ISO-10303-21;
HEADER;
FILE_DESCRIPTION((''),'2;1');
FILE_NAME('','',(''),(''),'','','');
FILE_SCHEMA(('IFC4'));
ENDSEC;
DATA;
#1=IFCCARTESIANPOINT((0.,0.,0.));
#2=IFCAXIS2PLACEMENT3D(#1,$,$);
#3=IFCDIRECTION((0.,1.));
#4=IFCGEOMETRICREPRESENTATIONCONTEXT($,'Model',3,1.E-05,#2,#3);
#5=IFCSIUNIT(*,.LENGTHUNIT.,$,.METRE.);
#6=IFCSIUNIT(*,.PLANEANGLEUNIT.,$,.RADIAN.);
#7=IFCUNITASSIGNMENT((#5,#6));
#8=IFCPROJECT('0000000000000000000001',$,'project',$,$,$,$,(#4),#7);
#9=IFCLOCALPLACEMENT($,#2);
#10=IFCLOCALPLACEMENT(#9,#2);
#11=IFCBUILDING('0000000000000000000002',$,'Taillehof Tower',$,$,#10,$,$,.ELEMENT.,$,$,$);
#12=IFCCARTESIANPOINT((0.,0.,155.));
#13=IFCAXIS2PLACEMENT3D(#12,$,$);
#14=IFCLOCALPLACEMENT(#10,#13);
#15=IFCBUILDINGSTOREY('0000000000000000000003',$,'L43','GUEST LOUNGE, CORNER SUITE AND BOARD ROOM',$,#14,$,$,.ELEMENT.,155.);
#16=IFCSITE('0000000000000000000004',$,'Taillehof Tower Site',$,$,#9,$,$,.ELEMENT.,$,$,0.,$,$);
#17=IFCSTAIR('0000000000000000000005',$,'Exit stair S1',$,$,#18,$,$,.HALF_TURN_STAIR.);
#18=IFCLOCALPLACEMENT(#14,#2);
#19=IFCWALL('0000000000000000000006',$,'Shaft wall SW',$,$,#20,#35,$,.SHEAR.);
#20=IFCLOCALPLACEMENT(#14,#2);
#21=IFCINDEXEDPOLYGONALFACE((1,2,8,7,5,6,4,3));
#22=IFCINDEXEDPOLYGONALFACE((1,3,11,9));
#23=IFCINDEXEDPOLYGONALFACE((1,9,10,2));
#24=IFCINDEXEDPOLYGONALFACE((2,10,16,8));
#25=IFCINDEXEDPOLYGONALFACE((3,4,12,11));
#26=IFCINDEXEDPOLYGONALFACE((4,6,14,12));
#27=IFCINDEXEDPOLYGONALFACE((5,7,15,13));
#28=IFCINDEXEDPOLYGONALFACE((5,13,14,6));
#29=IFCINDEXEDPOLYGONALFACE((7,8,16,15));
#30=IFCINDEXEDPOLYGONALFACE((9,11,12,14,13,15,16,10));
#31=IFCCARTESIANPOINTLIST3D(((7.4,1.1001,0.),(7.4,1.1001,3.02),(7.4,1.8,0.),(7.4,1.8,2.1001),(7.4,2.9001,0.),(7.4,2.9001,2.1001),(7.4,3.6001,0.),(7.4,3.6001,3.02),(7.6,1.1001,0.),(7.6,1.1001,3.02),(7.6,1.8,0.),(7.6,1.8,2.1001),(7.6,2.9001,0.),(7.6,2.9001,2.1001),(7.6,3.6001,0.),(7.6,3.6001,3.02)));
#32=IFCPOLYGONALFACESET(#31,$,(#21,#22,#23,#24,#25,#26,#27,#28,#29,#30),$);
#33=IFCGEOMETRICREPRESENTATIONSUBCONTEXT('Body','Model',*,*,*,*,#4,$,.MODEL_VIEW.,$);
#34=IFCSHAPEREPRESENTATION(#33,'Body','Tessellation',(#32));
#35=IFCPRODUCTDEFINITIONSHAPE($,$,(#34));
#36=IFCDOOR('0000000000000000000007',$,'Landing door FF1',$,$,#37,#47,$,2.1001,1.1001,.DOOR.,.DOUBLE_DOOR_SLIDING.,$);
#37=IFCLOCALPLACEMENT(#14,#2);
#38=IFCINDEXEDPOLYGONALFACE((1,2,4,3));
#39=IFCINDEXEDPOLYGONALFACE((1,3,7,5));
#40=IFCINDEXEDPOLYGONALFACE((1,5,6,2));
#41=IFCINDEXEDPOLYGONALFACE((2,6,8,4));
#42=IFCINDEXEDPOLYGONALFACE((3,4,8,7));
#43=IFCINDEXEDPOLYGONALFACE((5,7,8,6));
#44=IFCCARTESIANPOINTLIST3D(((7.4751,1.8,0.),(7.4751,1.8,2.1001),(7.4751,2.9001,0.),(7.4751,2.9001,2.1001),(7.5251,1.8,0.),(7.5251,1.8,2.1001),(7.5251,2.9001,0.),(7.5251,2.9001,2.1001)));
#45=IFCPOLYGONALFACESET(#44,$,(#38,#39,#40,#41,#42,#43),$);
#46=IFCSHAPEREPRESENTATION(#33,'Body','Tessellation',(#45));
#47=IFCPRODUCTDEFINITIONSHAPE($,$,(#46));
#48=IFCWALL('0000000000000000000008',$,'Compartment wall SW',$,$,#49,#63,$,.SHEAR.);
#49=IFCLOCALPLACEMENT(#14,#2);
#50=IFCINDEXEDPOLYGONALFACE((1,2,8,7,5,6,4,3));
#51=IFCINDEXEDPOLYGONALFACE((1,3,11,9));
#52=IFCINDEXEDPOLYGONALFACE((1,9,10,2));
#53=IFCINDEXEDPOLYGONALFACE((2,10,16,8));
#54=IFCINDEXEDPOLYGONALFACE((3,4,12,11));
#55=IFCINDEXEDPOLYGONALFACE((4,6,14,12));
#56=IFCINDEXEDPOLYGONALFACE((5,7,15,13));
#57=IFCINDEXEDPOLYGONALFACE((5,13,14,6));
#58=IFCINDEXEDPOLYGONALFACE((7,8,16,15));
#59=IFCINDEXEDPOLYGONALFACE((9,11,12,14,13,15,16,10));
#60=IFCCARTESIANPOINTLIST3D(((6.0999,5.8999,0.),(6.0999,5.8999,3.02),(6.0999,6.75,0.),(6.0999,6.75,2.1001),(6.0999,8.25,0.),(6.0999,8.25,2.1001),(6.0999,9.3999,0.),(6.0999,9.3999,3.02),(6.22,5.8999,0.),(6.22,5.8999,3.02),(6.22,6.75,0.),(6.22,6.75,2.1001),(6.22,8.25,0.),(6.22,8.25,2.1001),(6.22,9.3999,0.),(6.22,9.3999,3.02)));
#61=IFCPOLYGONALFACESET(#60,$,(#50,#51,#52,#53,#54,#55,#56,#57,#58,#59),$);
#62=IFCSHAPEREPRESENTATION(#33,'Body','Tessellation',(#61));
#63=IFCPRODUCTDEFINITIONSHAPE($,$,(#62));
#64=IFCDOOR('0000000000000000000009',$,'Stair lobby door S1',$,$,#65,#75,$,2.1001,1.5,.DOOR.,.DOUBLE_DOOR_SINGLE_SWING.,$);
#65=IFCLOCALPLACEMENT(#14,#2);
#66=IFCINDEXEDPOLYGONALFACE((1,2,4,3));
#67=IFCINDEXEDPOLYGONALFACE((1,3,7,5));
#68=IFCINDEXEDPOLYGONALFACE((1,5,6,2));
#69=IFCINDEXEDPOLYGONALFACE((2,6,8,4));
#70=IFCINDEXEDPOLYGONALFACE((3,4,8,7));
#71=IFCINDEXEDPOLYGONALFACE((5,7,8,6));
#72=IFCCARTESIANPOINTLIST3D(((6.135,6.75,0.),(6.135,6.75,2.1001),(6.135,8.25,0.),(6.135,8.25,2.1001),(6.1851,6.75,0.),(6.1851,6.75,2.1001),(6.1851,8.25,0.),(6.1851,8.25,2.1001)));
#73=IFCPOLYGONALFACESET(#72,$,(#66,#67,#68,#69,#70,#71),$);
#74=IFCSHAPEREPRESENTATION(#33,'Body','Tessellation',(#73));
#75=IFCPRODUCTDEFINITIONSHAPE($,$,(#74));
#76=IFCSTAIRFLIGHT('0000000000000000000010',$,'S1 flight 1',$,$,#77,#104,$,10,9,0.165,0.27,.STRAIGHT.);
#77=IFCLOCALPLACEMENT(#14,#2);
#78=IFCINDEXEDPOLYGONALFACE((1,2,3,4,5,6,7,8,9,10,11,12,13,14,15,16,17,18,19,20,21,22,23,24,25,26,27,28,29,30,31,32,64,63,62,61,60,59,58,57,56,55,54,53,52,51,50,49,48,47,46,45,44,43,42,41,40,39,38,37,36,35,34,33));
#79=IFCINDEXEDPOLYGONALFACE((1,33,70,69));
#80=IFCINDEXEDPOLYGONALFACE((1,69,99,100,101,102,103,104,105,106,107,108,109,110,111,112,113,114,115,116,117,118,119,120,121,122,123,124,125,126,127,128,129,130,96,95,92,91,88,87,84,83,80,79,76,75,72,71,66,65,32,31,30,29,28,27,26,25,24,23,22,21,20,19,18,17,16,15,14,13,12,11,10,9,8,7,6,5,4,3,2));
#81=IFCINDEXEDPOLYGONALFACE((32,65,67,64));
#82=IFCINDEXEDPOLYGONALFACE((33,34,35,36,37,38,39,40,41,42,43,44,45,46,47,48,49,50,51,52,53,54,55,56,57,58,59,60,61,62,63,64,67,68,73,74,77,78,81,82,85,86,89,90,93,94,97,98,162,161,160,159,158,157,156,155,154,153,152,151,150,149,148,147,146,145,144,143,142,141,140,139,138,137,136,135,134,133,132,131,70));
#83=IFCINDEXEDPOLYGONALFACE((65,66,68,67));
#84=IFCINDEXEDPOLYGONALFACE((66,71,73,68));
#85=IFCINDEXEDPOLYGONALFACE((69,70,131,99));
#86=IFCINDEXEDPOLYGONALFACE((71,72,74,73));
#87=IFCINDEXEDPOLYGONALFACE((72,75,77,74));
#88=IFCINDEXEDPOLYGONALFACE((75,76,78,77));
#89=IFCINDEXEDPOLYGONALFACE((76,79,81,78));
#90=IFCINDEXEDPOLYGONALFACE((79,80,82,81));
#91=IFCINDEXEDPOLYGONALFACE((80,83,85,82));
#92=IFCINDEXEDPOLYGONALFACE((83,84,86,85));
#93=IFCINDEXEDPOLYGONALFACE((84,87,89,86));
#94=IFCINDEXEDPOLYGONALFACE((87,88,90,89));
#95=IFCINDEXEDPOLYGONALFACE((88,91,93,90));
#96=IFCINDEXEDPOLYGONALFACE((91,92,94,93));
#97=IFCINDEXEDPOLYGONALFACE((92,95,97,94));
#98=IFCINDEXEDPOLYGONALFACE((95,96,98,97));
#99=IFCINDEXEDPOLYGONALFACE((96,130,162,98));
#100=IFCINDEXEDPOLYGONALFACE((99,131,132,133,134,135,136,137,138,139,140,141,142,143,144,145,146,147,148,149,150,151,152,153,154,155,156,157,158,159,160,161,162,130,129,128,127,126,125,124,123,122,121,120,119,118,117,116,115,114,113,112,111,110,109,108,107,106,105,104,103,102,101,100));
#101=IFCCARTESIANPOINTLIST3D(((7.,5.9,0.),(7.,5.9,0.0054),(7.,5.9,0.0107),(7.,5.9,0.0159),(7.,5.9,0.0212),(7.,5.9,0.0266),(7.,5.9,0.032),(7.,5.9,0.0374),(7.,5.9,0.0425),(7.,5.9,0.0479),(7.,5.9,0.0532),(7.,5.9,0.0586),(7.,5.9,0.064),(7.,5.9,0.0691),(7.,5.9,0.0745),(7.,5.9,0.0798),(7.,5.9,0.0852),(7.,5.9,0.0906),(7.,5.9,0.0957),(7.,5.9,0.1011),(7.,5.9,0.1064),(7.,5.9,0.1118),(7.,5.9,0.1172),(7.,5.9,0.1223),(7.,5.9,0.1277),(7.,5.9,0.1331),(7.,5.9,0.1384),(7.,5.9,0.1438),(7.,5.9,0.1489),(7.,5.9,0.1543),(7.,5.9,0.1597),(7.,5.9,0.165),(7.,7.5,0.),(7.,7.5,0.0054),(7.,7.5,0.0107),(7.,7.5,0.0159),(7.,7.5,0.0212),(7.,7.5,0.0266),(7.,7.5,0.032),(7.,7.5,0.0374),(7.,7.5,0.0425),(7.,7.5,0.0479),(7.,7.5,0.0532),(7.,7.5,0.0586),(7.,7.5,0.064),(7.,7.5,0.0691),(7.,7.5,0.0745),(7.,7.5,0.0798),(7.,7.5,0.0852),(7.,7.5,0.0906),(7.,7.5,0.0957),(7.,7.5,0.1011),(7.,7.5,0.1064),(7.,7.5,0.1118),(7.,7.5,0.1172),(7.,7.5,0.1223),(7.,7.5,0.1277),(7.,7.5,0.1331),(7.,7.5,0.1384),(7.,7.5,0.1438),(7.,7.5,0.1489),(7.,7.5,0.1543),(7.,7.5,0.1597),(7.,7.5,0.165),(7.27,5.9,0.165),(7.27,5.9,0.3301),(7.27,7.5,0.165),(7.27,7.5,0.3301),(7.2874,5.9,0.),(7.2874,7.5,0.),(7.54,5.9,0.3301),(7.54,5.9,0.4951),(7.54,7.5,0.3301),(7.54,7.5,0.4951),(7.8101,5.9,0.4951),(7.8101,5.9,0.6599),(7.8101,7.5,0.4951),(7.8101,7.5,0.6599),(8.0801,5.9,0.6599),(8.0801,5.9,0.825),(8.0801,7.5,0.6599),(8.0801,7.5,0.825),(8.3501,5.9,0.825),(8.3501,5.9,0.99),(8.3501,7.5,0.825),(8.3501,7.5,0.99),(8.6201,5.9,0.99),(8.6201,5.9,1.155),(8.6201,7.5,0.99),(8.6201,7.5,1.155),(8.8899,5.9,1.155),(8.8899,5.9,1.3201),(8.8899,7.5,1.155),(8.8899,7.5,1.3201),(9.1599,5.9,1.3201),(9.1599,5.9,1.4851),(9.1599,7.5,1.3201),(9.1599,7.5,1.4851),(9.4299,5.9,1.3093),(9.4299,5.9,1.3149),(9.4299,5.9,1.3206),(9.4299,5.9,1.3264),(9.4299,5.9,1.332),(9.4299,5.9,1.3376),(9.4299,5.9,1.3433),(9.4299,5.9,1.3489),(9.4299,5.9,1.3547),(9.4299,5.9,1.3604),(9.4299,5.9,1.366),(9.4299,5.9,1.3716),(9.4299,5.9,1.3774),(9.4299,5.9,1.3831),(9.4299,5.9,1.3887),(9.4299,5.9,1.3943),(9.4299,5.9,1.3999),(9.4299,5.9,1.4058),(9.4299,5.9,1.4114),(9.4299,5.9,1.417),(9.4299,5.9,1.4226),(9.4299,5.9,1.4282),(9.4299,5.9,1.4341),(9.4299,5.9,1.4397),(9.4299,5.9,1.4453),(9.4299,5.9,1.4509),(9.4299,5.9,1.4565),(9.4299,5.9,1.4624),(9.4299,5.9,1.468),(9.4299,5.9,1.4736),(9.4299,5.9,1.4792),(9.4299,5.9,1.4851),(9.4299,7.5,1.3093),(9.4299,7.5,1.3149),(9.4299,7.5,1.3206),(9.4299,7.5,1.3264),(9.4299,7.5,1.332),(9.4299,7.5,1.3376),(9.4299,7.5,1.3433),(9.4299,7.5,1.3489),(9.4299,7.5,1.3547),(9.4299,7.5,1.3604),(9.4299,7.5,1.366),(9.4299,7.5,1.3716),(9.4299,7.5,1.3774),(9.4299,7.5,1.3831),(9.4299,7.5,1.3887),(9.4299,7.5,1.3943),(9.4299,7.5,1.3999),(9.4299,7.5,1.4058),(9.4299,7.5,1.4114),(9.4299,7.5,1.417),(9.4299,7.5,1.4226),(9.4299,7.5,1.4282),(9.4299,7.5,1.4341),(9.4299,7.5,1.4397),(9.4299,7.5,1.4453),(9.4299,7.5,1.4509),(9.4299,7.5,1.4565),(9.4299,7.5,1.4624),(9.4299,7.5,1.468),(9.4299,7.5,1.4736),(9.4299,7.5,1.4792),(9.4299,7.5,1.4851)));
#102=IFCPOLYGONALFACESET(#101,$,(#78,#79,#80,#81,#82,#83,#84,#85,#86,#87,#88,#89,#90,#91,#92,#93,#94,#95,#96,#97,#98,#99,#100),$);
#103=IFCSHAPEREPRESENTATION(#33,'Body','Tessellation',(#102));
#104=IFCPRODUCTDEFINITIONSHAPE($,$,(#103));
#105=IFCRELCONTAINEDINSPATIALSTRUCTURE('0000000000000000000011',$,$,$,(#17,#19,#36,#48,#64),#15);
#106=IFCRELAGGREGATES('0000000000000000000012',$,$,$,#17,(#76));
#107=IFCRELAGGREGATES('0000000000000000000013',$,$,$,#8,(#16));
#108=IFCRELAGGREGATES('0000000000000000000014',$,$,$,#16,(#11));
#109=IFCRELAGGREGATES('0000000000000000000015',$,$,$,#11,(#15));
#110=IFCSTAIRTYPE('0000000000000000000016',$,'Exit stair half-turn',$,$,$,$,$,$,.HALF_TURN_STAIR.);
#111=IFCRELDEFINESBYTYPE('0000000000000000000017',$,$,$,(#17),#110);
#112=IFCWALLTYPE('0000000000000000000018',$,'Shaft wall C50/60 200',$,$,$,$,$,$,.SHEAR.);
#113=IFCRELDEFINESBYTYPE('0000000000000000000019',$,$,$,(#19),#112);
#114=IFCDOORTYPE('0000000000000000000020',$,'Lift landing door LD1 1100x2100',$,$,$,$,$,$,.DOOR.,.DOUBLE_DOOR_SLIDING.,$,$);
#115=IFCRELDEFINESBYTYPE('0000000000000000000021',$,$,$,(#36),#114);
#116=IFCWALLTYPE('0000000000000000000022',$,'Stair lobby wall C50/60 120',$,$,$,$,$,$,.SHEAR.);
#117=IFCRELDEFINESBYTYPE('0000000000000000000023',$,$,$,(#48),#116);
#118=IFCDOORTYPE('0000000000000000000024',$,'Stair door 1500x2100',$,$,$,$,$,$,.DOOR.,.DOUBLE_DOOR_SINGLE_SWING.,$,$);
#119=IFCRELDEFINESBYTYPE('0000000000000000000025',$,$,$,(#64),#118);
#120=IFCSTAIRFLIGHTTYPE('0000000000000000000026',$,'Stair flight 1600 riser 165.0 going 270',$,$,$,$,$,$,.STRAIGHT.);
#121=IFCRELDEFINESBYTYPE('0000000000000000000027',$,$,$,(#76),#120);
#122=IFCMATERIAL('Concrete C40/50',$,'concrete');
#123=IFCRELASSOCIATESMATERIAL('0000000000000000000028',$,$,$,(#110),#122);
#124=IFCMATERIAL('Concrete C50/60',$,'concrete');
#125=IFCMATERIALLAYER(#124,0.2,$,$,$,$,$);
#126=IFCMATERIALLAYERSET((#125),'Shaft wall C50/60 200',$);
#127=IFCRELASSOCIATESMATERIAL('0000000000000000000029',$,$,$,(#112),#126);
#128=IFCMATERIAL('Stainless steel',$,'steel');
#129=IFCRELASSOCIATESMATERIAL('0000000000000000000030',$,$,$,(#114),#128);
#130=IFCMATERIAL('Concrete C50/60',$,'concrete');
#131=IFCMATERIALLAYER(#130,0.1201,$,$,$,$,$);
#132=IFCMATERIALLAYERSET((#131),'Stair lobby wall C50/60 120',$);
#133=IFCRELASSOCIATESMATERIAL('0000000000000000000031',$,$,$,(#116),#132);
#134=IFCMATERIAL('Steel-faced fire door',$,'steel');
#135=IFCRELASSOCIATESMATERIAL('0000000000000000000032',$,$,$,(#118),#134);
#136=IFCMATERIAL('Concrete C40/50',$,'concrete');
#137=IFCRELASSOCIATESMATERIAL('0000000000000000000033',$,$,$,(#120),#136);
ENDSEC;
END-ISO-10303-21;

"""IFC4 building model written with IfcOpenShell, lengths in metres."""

from ifc_helpers import new_model, si_unit, direction, frame, frame_2d, origin, place, context, subcontext, project, spatial, polyline, rectangle, outline, extrude, material, layer, layer_set, type_object, element, fill, aggregate, save


model = new_model("IFC4")

# Units and contexts
model_context = context("Model", 3, precision=1e-05, world=origin(), true_north=direction((0.0, 1.0)))
body_context = subcontext(model_context, "Body", "Model", "MODEL_VIEW")
ifc_project = project(units=[si_unit("LENGTHUNIT", "METRE"), si_unit("PLANEANGLEUNIT", "RADIAN")], contexts=[model_context])

# Site, building, storey
site_placement = place(None, origin())
site = spatial("IfcSite", under=ifc_project, at=site_placement, Name="Taillehof Tower Site", CompositionType="ELEMENT", RefElevation=0.0)
building_placement = place(site_placement, origin())
building = spatial("IfcBuilding", under=site, at=building_placement, Name="Taillehof Tower", CompositionType="ELEMENT")
storey_placement = place(building_placement, frame((0.0, 0.0, 155.0)))
storey = spatial("IfcBuildingStorey", under=building, at=storey_placement, Name="L43", Description="GUEST LOUNGE, CORNER SUITE AND BOARD ROOM", CompositionType="ELEMENT", Elevation=155.0)

# Stair
ifc_material_1 = material(Name="Concrete C40/50", Category="concrete")
stair_type = type_object("IfcStairType", Name="Exit stair half-turn", PredefinedType="HALF_TURN_STAIR", material=ifc_material_1)
stair_1_placement = place(storey_placement, origin())
stair_1 = element("IfcStair", 1, at=stair_1_placement, inside=storey, type_object=stair_type, Name="Exit stair S1", PredefinedType="HALF_TURN_STAIR")

# Shared definitions
ifc_material_2 = material(Name="Concrete C50/60", Category="concrete")
ifc_layer_1 = layer(ifc_material_2, 0.2)
ifc_layer_set_1 = layer_set([ifc_layer_1], Name="Shaft wall C50/60 200")
wall_type_1 = type_object("IfcWallType", Name="Shaft wall C50/60 200", PredefinedType="SHEAR", material=ifc_layer_set_1)
ifc_material_3 = material(Name="Stainless steel", Category="steel")
door_type_1 = type_object("IfcDoorType", Name="Lift landing door LD1 1100x2100", OperationType="DOUBLE_DOOR_SLIDING", PredefinedType="DOOR", material=ifc_material_3)

# Walls, openings, doors
wall_1_placement = place(storey_placement, frame((7.5, 1.1001, 0.0), z_axis=(0.0, 0.0, 1.0), x_axis=(0.0, 1.0, 0.0)))
wall_1 = element("IfcWall", 2, at=wall_1_placement, inside=storey, type_object=wall_type_1, Name="Shaft wall SW", PredefinedType="SHEAR", context=body_context, shape_type="SweptSolid", body=[
    extrude(rectangle(XDim=2.5, YDim=0.2, at=frame_2d((1.25, 0.0))), origin(), (0.0, 0.0, 1.0), 3.02),
])
opening_1_placement = place(wall_1_placement, frame((0.7, 0.0, 0.0)))
opening_1 = element("IfcOpeningElement", 3, at=opening_1_placement, cuts=wall_1, PredefinedType="OPENING", context=body_context, shape_type="SweptSolid", body=[
    extrude(rectangle(XDim=1.1001, YDim=2.1001, at=frame_2d((0.55, 1.05))), frame((0.0, 0.1099, 0.0), z_axis=(0.0, -1.0, 0.0), x_axis=(1.0, 0.0, 0.0)), (0.0, 0.0, 1.0), 0.22),
])
door_1_placement = place(opening_1_placement, origin())
door_1 = element("IfcDoor", 4, at=door_1_placement, inside=storey, type_object=door_type_1, Name="Landing door FF1", OperationType="DOUBLE_DOOR_SLIDING", OverallHeight=2.1001, OverallWidth=1.1001, PredefinedType="DOOR", context=body_context, shape_type="SweptSolid", body=[
    extrude(rectangle(XDim=1.1001, YDim=2.1001, at=frame_2d((0.55, 1.05))), frame((0.0, 0.0249, 0.0), z_axis=(0.0, -1.0, 0.0), x_axis=(1.0, 0.0, 0.0)), (0.0, 0.0, 1.0), 0.05),
])
fill(opening_1, door_1)
ifc_material_4 = material(Name="Concrete C50/60", Category="concrete")
ifc_layer_2 = layer(ifc_material_4, 0.1201)
ifc_layer_set_2 = layer_set([ifc_layer_2], Name="Stair lobby wall C50/60 120")
wall_type_2 = type_object("IfcWallType", Name="Stair lobby wall C50/60 120", PredefinedType="SHEAR", material=ifc_layer_set_2)
wall_2_placement = place(storey_placement, frame((6.1599, 5.8999, 0.0), z_axis=(0.0, 0.0, 1.0), x_axis=(0.0, 1.0, 0.0)))
wall_2 = element("IfcWall", 5, at=wall_2_placement, inside=storey, type_object=wall_type_2, Name="Compartment wall SW", PredefinedType="SHEAR", context=body_context, shape_type="SweptSolid", body=[
    extrude(rectangle(XDim=3.5, YDim=0.1201, at=frame_2d((1.75, 0.0))), origin(), (0.0, 0.0, 1.0), 3.02),
])
opening_2_placement = place(wall_2_placement, frame((0.8501, 0.0, 0.0)))
opening_2 = element("IfcOpeningElement", 6, at=opening_2_placement, cuts=wall_2, PredefinedType="OPENING", context=body_context, shape_type="SweptSolid", body=[
    extrude(rectangle(XDim=1.5, YDim=2.1001, at=frame_2d((0.75, 1.05))), frame((0.0, 0.0701, 0.0), z_axis=(0.0, -1.0, 0.0), x_axis=(1.0, 0.0, 0.0)), (0.0, 0.0, 1.0), 0.1401),
])
ifc_material_5 = material(Name="Steel-faced fire door", Category="steel")
door_type_2 = type_object("IfcDoorType", Name="Stair door 1500x2100", OperationType="DOUBLE_DOOR_SINGLE_SWING", PredefinedType="DOOR", material=ifc_material_5)
door_2_placement = place(opening_2_placement, origin())
door_2 = element("IfcDoor", 7, at=door_2_placement, inside=storey, type_object=door_type_2, Name="Stair lobby door S1", OperationType="DOUBLE_DOOR_SINGLE_SWING", OverallHeight=2.1001, OverallWidth=1.5, PredefinedType="DOOR", context=body_context, shape_type="SweptSolid", body=[
    extrude(rectangle(XDim=1.5, YDim=2.1001, at=frame_2d((0.75, 1.05))), frame((0.0, 0.0249, 0.0), z_axis=(0.0, -1.0, 0.0), x_axis=(1.0, 0.0, 0.0)), (0.0, 0.0, 1.0), 0.05),
])
fill(opening_2, door_2)

# Stair flight
ifc_material_6 = material(Name="Concrete C40/50", Category="concrete")
stair_flight_type = type_object("IfcStairFlightType", Name="Stair flight 1600 riser 165.0 going 270", PredefinedType="STRAIGHT", material=ifc_material_6)
stair_flight_placement = place(storey_placement, frame((7.0, 6.7, 0.0), z_axis=(0.0, 0.0, 1.0), x_axis=(1.0, 0.0, 0.0)))
stair_flight = element("IfcStairFlight", 8, at=stair_flight_placement, type_object=stair_flight_type, Name="S1 flight 1", NumberOfRisers=10, NumberOfTreads=9, PredefinedType="STRAIGHT", RiserHeight=0.165, TreadLength=0.27, context=body_context, shape_type="SweptSolid", body=[
    extrude(outline(polyline([(0.0, 0.0), (0.0, 0.0054), (0.0, 0.0107), (0.0, 0.0159), (0.0, 0.0212), (0.0, 0.0266), (0.0, 0.032), (0.0, 0.0374), (0.0, 0.0425), (0.0, 0.0479), (0.0, 0.0532), (0.0, 0.0586), (0.0, 0.064), (0.0, 0.0691), (0.0, 0.0745), (0.0, 0.0798), (0.0, 0.0852), (0.0, 0.0906), (0.0, 0.0957), (0.0, 0.1011), (0.0, 0.1064), (0.0, 0.1118), (0.0, 0.1172), (0.0, 0.1223), (0.0, 0.1277), (0.0, 0.1331), (0.0, 0.1384), (0.0, 0.1438), (0.0, 0.1489), (0.0, 0.1543), (0.0, 0.1597), (0.0, 0.165), (0.27, 0.165), (0.27, 0.3301), (0.54, 0.3301), (0.54, 0.4951), (0.8101, 0.4951), (0.8101, 0.6599), (1.0801, 0.6599), (1.0801, 0.825), (1.3501, 0.825), (1.3501, 0.99), (1.6201, 0.99), (1.6201, 1.155), (1.8899, 1.155), (1.8899, 1.3201), (2.1599, 1.3201), (2.1599, 1.4851), (2.4299, 1.4851), (2.4299, 1.4792), (2.4299, 1.4736), (2.4299, 1.468), (2.4299, 1.4624), (2.4299, 1.4565), (2.4299, 1.4509), (2.4299, 1.4453), (2.4299, 1.4397), (2.4299, 1.4341), (2.4299, 1.4282), (2.4299, 1.4226), (2.4299, 1.417), (2.4299, 1.4114), (2.4299, 1.4058), (2.4299, 1.3999), (2.4299, 1.3943), (2.4299, 1.3887), (2.4299, 1.3831), (2.4299, 1.3774), (2.4299, 1.3716), (2.4299, 1.366), (2.4299, 1.3604), (2.4299, 1.3547), (2.4299, 1.3489), (2.4299, 1.3433), (2.4299, 1.3376), (2.4299, 1.332), (2.4299, 1.3264), (2.4299, 1.3206), (2.4299, 1.3149), (2.4299, 1.3093), (0.2874, 0.0), (0.0, 0.0)])), frame((0.0, 0.8, 0.0), z_axis=(0.0, -1.0, 0.0), x_axis=(1.0, 0.0, 0.0)), (0.0, 0.0, 1.0), 1.6),
])
aggregate(stair_1, [stair_flight])

save(model, "model.ifc")
